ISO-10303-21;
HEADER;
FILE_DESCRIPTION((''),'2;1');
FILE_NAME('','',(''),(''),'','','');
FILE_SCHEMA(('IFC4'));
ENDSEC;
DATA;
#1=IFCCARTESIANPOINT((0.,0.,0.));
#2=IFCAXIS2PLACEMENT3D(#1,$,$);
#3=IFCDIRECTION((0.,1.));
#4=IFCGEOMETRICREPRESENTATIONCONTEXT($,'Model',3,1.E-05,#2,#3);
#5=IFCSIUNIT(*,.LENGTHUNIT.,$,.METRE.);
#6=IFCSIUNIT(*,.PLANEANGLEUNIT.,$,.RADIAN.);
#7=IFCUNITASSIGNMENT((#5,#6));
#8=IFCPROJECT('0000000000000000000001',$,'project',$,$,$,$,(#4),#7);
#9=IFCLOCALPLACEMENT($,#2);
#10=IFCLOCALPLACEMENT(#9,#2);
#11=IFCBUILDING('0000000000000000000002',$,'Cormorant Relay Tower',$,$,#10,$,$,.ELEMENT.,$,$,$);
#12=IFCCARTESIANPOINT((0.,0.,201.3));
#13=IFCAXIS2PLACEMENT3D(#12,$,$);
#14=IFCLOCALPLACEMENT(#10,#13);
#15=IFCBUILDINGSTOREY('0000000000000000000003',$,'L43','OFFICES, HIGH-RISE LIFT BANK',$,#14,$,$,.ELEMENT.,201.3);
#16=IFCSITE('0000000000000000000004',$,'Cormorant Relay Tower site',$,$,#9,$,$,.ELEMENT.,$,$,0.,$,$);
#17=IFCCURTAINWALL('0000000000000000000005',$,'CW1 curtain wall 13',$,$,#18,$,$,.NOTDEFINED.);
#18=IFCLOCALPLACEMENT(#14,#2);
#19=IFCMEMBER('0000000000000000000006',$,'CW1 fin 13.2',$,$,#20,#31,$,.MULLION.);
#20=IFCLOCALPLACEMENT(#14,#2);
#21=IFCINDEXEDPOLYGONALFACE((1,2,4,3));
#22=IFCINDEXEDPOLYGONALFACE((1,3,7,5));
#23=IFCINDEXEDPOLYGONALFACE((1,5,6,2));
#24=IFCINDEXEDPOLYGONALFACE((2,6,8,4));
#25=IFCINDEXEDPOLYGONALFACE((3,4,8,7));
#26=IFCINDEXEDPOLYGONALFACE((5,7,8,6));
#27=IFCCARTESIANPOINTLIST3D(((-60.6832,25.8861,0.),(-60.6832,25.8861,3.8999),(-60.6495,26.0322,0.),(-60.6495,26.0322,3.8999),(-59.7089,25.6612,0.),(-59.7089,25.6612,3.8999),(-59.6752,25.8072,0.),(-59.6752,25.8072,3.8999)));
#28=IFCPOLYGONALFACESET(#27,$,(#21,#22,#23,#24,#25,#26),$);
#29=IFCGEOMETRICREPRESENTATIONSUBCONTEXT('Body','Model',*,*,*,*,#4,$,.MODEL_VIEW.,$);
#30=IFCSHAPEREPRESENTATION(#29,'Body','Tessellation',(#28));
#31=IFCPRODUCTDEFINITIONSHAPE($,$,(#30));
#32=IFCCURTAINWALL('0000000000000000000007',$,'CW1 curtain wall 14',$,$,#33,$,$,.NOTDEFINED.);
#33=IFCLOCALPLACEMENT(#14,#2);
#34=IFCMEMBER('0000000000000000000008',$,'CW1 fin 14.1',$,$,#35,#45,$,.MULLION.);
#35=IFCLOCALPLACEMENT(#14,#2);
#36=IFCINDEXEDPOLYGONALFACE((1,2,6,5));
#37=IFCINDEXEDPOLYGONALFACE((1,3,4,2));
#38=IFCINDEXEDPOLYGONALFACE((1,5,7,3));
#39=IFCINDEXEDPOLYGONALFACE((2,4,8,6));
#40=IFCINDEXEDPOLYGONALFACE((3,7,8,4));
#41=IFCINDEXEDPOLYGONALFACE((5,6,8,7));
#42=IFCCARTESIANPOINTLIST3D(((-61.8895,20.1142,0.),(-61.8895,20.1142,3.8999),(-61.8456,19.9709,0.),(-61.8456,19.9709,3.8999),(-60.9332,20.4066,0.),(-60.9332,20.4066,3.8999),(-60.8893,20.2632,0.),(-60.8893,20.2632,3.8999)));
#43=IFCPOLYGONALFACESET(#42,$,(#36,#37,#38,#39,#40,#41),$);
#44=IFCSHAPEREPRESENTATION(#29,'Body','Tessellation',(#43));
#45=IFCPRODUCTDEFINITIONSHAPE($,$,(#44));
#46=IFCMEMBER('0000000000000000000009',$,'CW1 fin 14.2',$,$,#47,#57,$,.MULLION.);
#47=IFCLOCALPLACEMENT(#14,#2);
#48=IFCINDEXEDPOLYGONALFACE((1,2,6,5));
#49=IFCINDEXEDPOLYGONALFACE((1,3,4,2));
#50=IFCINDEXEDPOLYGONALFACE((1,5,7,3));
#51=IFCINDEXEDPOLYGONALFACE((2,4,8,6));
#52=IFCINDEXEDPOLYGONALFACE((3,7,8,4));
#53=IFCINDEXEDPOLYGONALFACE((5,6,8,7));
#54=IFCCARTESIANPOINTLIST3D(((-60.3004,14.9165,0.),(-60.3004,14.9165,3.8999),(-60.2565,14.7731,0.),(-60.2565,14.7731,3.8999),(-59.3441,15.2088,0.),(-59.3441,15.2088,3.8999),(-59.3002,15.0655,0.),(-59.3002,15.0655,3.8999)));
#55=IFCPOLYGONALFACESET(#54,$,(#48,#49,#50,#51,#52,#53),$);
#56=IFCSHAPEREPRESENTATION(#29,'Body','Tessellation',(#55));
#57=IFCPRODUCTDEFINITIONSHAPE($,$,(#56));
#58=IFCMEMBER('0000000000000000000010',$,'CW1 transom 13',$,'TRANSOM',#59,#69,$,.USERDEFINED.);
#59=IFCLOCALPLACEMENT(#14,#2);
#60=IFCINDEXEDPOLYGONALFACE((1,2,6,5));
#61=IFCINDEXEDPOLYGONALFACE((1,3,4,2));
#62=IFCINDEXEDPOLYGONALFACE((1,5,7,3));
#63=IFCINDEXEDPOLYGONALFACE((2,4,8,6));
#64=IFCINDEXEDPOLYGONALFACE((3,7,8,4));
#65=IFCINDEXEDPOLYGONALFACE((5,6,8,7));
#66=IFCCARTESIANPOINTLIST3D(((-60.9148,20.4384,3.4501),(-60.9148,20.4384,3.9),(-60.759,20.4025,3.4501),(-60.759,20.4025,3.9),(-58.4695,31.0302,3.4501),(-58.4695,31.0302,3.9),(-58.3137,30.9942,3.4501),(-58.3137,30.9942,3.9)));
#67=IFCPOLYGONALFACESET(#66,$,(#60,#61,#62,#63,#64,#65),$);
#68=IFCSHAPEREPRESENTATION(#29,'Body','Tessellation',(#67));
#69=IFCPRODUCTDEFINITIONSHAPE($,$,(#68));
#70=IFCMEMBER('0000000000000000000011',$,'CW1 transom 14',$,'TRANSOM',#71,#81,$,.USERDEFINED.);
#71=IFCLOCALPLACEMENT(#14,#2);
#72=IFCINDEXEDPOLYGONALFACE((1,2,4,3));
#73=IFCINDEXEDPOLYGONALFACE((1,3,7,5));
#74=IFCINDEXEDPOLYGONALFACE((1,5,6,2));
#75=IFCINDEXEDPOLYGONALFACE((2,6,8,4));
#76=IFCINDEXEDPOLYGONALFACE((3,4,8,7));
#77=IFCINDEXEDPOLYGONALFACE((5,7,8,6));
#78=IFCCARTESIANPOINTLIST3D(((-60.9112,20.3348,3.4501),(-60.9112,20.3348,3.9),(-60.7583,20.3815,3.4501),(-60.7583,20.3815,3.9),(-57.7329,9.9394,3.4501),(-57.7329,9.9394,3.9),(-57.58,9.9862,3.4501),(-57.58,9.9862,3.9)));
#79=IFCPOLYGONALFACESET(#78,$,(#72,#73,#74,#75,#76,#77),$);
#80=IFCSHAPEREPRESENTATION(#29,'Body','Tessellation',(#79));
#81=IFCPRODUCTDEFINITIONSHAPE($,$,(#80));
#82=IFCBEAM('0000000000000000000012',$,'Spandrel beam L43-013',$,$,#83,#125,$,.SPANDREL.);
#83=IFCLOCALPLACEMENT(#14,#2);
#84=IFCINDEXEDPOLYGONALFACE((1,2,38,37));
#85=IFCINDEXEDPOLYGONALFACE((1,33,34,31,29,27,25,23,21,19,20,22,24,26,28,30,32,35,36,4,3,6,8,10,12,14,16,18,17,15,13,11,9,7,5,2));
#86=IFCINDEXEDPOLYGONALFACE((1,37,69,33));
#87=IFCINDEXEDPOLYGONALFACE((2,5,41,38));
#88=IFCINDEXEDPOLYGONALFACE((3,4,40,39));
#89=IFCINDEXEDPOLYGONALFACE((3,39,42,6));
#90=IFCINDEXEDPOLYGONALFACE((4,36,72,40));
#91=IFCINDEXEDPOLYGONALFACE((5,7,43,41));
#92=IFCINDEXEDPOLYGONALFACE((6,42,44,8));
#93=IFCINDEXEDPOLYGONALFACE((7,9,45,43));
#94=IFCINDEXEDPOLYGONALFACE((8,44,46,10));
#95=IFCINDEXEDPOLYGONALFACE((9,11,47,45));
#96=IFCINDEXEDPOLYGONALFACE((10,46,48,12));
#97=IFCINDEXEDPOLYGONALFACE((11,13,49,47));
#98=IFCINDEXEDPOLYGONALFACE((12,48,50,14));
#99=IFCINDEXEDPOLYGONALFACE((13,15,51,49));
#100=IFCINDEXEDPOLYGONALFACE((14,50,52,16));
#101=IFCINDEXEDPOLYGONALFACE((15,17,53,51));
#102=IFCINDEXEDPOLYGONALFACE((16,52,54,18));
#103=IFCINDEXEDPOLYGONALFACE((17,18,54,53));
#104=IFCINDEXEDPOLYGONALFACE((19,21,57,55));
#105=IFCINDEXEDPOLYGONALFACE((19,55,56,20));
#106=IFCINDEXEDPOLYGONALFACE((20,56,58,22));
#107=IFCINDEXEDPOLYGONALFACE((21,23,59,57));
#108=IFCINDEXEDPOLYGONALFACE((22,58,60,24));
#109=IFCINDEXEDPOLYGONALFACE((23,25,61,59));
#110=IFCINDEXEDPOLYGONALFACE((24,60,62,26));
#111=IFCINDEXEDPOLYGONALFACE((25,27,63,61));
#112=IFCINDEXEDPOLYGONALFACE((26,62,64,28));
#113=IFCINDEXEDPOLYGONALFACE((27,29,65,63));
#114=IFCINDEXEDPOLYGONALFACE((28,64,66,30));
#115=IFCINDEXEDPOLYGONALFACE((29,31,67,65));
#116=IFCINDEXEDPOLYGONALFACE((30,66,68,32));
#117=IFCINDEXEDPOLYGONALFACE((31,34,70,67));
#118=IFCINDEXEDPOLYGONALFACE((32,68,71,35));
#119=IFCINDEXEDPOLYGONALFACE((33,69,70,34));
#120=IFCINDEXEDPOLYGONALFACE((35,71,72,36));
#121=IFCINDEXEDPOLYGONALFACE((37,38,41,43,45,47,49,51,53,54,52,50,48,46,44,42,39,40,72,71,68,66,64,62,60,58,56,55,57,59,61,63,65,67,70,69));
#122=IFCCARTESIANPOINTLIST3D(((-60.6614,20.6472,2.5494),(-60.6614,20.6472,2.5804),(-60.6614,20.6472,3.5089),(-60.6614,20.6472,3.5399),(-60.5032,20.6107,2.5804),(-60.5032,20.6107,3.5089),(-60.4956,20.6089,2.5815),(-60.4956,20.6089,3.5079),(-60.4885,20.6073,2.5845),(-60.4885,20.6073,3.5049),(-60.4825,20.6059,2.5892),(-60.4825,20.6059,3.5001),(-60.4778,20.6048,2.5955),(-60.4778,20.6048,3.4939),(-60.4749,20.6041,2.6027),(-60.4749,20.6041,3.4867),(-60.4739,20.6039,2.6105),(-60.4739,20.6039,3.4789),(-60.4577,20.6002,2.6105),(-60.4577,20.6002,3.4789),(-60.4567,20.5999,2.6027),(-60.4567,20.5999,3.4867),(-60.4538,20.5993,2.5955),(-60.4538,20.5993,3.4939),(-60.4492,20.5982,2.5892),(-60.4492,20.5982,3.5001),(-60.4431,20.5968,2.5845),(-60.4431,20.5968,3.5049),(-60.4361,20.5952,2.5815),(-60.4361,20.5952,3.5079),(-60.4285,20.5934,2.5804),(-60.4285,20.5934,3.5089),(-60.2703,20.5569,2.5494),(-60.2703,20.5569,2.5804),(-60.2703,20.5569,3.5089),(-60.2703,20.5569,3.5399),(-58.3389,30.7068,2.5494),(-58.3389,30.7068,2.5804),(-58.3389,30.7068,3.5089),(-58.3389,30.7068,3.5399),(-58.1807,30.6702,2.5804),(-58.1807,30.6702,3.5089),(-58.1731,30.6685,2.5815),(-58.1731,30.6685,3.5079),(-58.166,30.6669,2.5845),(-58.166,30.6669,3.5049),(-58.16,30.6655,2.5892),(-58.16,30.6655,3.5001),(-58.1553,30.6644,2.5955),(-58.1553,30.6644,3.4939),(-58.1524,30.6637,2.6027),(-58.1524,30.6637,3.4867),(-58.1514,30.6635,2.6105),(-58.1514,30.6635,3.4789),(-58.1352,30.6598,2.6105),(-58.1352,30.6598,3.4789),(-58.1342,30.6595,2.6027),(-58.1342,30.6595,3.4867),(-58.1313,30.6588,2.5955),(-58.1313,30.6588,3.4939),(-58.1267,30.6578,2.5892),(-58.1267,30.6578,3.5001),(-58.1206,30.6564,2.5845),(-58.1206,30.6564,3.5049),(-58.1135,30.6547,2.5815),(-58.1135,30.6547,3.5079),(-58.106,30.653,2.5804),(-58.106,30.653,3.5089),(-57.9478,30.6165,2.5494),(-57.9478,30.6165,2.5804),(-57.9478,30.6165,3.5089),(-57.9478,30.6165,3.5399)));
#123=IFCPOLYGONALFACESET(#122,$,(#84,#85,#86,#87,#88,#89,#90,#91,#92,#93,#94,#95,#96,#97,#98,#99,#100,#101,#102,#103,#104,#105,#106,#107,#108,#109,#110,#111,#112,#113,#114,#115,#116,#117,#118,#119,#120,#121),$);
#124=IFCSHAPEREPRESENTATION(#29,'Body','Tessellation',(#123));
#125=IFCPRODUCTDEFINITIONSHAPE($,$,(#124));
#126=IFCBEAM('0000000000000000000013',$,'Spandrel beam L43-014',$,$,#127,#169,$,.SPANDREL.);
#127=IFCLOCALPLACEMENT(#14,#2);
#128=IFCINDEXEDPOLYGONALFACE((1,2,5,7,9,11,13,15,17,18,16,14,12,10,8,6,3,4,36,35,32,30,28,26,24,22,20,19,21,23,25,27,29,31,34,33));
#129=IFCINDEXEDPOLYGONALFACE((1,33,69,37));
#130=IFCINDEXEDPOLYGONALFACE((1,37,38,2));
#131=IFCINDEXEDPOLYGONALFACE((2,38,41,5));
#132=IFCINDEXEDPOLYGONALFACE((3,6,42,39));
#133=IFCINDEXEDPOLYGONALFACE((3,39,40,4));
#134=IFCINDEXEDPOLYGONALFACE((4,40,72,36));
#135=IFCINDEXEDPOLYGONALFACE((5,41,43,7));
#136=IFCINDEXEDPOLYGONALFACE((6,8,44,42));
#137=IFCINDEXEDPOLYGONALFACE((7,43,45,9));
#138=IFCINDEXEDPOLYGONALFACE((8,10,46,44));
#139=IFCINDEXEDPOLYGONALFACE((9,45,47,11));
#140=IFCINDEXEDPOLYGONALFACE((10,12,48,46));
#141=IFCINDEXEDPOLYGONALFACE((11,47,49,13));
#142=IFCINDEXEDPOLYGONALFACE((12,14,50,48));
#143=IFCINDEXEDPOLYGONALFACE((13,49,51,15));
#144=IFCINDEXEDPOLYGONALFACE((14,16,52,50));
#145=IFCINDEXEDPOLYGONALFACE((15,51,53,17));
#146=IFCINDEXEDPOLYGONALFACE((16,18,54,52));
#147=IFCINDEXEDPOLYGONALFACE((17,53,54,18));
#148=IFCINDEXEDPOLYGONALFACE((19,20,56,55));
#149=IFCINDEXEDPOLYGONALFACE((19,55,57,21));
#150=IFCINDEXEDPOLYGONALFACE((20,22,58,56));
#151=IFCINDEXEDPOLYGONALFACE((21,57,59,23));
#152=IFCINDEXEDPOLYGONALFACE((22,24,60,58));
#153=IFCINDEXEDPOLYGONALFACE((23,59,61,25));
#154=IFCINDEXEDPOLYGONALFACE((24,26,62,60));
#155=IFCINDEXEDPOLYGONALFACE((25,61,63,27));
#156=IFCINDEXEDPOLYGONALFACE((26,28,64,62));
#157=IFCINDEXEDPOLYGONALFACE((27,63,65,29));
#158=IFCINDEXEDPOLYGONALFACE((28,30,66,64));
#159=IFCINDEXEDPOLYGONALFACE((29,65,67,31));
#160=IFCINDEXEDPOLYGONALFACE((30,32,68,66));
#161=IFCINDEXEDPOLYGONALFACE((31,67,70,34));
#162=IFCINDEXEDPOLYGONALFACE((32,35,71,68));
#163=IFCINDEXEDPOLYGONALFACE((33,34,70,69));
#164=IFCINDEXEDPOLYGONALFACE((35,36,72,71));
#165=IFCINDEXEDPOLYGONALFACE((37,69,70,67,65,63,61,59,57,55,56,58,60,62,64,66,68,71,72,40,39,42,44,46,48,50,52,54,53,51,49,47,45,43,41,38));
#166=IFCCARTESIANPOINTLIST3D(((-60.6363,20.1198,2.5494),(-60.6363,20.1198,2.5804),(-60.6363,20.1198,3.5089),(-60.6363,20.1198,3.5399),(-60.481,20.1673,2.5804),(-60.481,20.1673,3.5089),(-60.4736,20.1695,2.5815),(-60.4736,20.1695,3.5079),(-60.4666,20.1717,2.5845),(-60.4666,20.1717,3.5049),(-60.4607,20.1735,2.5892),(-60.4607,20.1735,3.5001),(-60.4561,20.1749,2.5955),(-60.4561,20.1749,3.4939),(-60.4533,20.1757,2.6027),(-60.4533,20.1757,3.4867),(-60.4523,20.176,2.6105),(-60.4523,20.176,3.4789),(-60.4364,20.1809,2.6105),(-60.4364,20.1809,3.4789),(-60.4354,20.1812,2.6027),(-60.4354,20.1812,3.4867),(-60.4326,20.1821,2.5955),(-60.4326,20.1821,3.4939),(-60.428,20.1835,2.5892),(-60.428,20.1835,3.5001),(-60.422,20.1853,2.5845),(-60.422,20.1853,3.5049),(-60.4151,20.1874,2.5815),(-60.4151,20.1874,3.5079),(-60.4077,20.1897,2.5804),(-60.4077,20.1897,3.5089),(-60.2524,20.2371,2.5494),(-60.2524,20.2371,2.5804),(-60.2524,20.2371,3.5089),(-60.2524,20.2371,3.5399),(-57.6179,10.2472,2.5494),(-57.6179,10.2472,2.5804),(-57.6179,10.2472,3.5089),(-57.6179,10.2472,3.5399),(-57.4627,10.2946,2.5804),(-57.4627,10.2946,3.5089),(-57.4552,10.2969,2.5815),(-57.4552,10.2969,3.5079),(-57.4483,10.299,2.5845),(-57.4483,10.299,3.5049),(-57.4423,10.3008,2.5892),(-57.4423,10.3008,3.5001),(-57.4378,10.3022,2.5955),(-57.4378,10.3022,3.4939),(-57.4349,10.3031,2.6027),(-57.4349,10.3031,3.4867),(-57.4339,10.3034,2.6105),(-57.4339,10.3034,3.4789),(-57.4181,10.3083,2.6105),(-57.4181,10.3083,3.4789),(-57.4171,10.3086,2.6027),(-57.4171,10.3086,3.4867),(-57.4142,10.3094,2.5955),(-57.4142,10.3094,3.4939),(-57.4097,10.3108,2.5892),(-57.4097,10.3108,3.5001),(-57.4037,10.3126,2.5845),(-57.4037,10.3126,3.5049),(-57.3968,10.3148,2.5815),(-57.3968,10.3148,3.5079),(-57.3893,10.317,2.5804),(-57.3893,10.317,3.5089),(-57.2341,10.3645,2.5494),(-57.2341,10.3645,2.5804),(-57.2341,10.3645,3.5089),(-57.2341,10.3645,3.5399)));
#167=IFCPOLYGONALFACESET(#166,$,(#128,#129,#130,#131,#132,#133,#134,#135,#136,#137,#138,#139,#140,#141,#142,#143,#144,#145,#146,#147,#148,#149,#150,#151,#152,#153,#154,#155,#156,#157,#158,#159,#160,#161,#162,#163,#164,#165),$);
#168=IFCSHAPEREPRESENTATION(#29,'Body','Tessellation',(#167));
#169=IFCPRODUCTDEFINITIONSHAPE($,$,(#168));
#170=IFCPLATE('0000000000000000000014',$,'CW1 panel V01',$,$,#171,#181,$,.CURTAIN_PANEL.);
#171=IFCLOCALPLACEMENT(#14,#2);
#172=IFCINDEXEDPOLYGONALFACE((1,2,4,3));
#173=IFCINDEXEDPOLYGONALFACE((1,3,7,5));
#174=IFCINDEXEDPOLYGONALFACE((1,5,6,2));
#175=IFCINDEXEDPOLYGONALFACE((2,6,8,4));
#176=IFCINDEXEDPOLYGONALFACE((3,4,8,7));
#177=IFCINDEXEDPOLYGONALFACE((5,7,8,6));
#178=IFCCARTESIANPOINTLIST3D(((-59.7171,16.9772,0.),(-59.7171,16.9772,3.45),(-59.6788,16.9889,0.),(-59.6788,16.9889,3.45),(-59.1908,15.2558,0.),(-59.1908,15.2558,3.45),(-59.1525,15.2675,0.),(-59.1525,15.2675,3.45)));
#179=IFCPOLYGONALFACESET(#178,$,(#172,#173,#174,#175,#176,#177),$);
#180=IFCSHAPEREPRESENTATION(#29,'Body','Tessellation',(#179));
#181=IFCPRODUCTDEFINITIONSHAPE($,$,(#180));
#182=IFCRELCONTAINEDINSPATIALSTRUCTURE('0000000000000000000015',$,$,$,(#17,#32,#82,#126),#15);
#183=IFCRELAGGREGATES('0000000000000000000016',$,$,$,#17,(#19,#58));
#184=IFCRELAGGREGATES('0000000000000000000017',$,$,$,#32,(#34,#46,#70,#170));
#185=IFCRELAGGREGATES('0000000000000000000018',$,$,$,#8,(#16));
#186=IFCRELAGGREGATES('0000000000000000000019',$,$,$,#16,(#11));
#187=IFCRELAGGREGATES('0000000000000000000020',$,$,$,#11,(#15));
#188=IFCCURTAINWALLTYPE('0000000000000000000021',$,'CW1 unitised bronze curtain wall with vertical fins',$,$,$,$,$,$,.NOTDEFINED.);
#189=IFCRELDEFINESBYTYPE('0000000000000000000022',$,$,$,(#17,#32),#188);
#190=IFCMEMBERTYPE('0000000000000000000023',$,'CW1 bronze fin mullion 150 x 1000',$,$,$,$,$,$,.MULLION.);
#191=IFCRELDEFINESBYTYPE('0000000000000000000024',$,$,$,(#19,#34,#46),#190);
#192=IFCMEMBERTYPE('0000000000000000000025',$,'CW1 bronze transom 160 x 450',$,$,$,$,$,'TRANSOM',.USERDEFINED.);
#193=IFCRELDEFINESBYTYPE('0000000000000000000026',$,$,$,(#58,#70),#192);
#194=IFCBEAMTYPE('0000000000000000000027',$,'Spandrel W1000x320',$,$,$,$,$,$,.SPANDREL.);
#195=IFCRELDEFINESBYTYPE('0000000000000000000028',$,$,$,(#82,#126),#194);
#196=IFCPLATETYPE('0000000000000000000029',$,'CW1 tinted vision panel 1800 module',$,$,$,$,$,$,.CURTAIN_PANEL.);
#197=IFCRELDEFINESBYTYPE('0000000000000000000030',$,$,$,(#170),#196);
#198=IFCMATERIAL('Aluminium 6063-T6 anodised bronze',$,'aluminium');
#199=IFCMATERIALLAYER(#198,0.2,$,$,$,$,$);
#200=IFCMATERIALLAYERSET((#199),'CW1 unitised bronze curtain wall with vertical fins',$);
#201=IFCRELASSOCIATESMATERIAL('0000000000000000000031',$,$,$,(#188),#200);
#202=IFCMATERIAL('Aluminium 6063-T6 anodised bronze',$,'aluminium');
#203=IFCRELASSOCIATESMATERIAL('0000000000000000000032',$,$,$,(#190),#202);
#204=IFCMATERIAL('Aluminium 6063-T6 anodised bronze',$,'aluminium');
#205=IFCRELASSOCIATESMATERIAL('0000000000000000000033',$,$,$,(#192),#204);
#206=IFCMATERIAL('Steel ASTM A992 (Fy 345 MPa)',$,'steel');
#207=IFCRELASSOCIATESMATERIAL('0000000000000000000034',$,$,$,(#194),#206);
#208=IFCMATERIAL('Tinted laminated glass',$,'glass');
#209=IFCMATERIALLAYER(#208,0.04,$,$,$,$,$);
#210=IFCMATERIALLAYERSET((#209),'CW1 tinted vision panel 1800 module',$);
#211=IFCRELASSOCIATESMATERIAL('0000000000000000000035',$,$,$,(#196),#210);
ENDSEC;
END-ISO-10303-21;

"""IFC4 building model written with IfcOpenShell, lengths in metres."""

from ifc_helpers import new_model, si_unit, direction, frame, origin, origin_2d, place, context, subcontext, project, spatial, rectangle, i_section, extrude, material, layer, layer_set, material_profile, profile_set, type_object, element, aggregate, save


model = new_model("IFC4")

# Units and contexts
model_context = context("Model", 3, precision=1e-05, world=origin(), true_north=direction((0.0, 1.0)))
body_context = subcontext(model_context, "Body", "Model", "MODEL_VIEW")
ifc_project = project(units=[si_unit("LENGTHUNIT", "METRE"), si_unit("PLANEANGLEUNIT", "RADIAN")], contexts=[model_context])

# Site, building, storey
site_placement = place(None, origin())
site = spatial("IfcSite", under=ifc_project, at=site_placement, Name="Cormorant Relay Tower site", CompositionType="ELEMENT", RefElevation=0.0)
building_placement = place(site_placement, origin())
building = spatial("IfcBuilding", under=site, at=building_placement, Name="Cormorant Relay Tower", CompositionType="ELEMENT")
storey_placement = place(building_placement, frame((0.0, 0.0, 201.3)))
storey = spatial("IfcBuildingStorey", under=building, at=storey_placement, Name="L43", Description="OFFICES, HIGH-RISE LIFT BANK", CompositionType="ELEMENT", Elevation=201.3)

# Curtain walls, members
ifc_material_1 = material(Name="Aluminium 6063-T6 anodised bronze", Category="aluminium")
ifc_layer_1 = layer(ifc_material_1, 0.2)
ifc_layer_set_1 = layer_set([ifc_layer_1], Name="CW1 unitised bronze curtain wall with vertical fins")
curtain_wall_type = type_object("IfcCurtainWallType", Name="CW1 unitised bronze curtain wall with vertical fins", PredefinedType="NOTDEFINED", material=ifc_layer_set_1)
curtain_wall_1_placement = place(storey_placement, origin())
curtain_wall_1 = element("IfcCurtainWall", 1, at=curtain_wall_1_placement, inside=storey, type_object=curtain_wall_type, Name="CW1 curtain wall 13", PredefinedType="NOTDEFINED")
ifc_material_2 = material(Name="Aluminium 6063-T6 anodised bronze", Category="aluminium")
ifc_material_profile_1 = material_profile(ifc_material_2, rectangle(XDim=0.1499, YDim=1.0, at=origin_2d()), Name="AL 150x1000")
ifc_profile_set_1 = profile_set([ifc_material_profile_1], Name="Aluminium 6063-T6 anodised bronze")
member_type_1 = type_object("IfcMemberType", Name="CW1 bronze fin mullion 150 x 1000", PredefinedType="MULLION", material=ifc_profile_set_1)
member_1_placement = place(storey_placement, frame((-60.1792, 25.8467, 0.0), z_axis=(0.0, 0.0, 1.0), x_axis=(-0.224951, -0.97437, 0.0)))
member_1 = element("IfcMember", 2, at=member_1_placement, type_object=member_type_1, Name="CW1 fin 13.2", PredefinedType="MULLION", context=body_context, shape_type="SweptSolid", body=[
    extrude(rectangle(XDim=0.1499, YDim=1.0, at=origin_2d()), origin(), (0.0, 0.0, 1.0), 3.8999),
])
curtain_wall_2_placement = place(storey_placement, origin())
curtain_wall_2 = element("IfcCurtainWall", 3, at=curtain_wall_2_placement, inside=storey, type_object=curtain_wall_type, Name="CW1 curtain wall 14", PredefinedType="NOTDEFINED")
member_2_placement = place(storey_placement, frame((-61.3894, 20.1887, 0.0), z_axis=(0.0, 0.0, 1.0), x_axis=(0.292372, -0.956305, 0.0)))
member_2 = element("IfcMember", 4, at=member_2_placement, type_object=member_type_1, Name="CW1 fin 14.1", PredefinedType="MULLION", context=body_context, shape_type="SweptSolid", body=[
    extrude(rectangle(XDim=0.1499, YDim=1.0, at=origin_2d()), origin(), (0.0, 0.0, 1.0), 3.8999),
])
member_3_placement = place(storey_placement, frame((-59.8003, 14.991, 0.0), z_axis=(0.0, 0.0, 1.0), x_axis=(0.292372, -0.956305, 0.0)))
member_3 = element("IfcMember", 5, at=member_3_placement, type_object=member_type_1, Name="CW1 fin 14.2", PredefinedType="MULLION", context=body_context, shape_type="SweptSolid", body=[
    extrude(rectangle(XDim=0.1499, YDim=1.0, at=origin_2d()), origin(), (0.0, 0.0, 1.0), 3.8999),
])

# Members
ifc_material_3 = material(Name="Aluminium 6063-T6 anodised bronze", Category="aluminium")
ifc_material_profile_2 = material_profile(ifc_material_3, rectangle(XDim=0.1599, YDim=0.45, at=origin_2d()), Name="AL 160x450")
ifc_profile_set_2 = profile_set([ifc_material_profile_2], Name="Aluminium 6063-T6 anodised bronze")
member_type_2 = type_object("IfcMemberType", Name="CW1 bronze transom 160 x 450", ElementType="TRANSOM", PredefinedType="USERDEFINED", material=ifc_profile_set_2)
member_4_placement = place(storey_placement, frame((-58.3916, 31.0122, 3.675), z_axis=(-0.224951, -0.97437, 0.0), x_axis=(0.97437, -0.224951, 0.0)))
member_4 = element("IfcMember", 6, at=member_4_placement, type_object=member_type_2, Name="CW1 transom 13", ObjectType="TRANSOM", PredefinedType="USERDEFINED", context=body_context, shape_type="SweptSolid", body=[
    extrude(rectangle(XDim=0.1599, YDim=0.45, at=origin_2d()), origin(), (0.0, 0.0, 1.0), 10.8704),
])
member_5_placement = place(storey_placement, frame((-60.8347, 20.3582, 3.675), z_axis=(0.292378, -0.956303, 0.0), x_axis=(0.956303, 0.292378, 0.0)))
member_5 = element("IfcMember", 7, at=member_5_placement, type_object=member_type_2, Name="CW1 transom 14", ObjectType="TRANSOM", PredefinedType="USERDEFINED", context=body_context, shape_type="SweptSolid", body=[
    extrude(rectangle(XDim=0.1599, YDim=0.45, at=origin_2d()), origin(), (0.0, 0.0, 1.0), 10.8704),
])

# Beams
ifc_material_4 = material(Name="Steel ASTM A992 (Fy 345 MPa)", Category="steel")
ifc_material_profile_3 = material_profile(ifc_material_4, i_section(OverallWidth=0.4014, OverallDepth=0.9905, WebThickness=0.0166, FlangeThickness=0.031, FilletRadius=0.03, at=origin_2d()), Name="W1000x320")
ifc_profile_set_3 = profile_set([ifc_material_profile_3], Name="Steel ASTM A992 (Fy 345 MPa)")
beam_type = type_object("IfcBeamType", Name="Spandrel W1000x320", PredefinedType="SPANDREL", material=ifc_profile_set_3)
beam_1_placement = place(storey_placement, frame((-58.1433, 30.6616, 3.0447), z_axis=(-0.224958, -0.974368, 0.0), x_axis=(0.974368, -0.224958, 0.0)))
element("IfcBeam", 8, at=beam_1_placement, inside=storey, type_object=beam_type, Name="Spandrel beam L43-013", PredefinedType="SPANDREL", context=body_context, shape_type="SweptSolid", body=[
    extrude(i_section(OverallWidth=0.4014, OverallDepth=0.9905, WebThickness=0.0166, FlangeThickness=0.031, FilletRadius=0.03, at=origin_2d()), origin(), (0.0, 0.0, 1.0), 10.3242),
])
beam_2_placement = place(storey_placement, frame((-60.4443, 20.1785, 3.0447), z_axis=(0.292369, -0.956306, 0.0), x_axis=(0.956306, 0.292369, 0.0)))
element("IfcBeam", 9, at=beam_2_placement, inside=storey, type_object=beam_type, Name="Spandrel beam L43-014", PredefinedType="SPANDREL", context=body_context, shape_type="SweptSolid", body=[
    extrude(i_section(OverallWidth=0.4014, OverallDepth=0.9905, WebThickness=0.0166, FlangeThickness=0.031, FilletRadius=0.03, at=origin_2d()), origin(), (0.0, 0.0, 1.0), 10.3237),
])

# Plate
ifc_material_5 = material(Name="Tinted laminated glass", Category="glass")
ifc_layer_2 = layer(ifc_material_5, 0.04)
ifc_layer_set_2 = layer_set([ifc_layer_2], Name="CW1 tinted vision panel 1800 module")
plate_type_1 = type_object("IfcPlateType", Name="CW1 tinted vision panel 1800 module", PredefinedType="CURTAIN_PANEL", material=ifc_layer_set_2)
plate_1_placement = place(storey_placement, frame((-59.4348, 16.1223, 0.0), z_axis=(0.0, 0.0, 1.0), x_axis=(0.292372, -0.956305, 0.0)))
plate_1 = element("IfcPlate", 10, at=plate_1_placement, type_object=plate_type_1, Name="CW1 panel V01", PredefinedType="CURTAIN_PANEL", context=body_context, shape_type="SweptSolid", body=[
    extrude(rectangle(XDim=1.8, YDim=0.04, at=origin_2d()), origin(), (0.0, 0.0, 1.0), 3.45),
])

aggregate(curtain_wall_1, [member_1, member_4])
aggregate(curtain_wall_2, [member_2, member_3, member_5, plate_1])

save(model, "model.ifc")
